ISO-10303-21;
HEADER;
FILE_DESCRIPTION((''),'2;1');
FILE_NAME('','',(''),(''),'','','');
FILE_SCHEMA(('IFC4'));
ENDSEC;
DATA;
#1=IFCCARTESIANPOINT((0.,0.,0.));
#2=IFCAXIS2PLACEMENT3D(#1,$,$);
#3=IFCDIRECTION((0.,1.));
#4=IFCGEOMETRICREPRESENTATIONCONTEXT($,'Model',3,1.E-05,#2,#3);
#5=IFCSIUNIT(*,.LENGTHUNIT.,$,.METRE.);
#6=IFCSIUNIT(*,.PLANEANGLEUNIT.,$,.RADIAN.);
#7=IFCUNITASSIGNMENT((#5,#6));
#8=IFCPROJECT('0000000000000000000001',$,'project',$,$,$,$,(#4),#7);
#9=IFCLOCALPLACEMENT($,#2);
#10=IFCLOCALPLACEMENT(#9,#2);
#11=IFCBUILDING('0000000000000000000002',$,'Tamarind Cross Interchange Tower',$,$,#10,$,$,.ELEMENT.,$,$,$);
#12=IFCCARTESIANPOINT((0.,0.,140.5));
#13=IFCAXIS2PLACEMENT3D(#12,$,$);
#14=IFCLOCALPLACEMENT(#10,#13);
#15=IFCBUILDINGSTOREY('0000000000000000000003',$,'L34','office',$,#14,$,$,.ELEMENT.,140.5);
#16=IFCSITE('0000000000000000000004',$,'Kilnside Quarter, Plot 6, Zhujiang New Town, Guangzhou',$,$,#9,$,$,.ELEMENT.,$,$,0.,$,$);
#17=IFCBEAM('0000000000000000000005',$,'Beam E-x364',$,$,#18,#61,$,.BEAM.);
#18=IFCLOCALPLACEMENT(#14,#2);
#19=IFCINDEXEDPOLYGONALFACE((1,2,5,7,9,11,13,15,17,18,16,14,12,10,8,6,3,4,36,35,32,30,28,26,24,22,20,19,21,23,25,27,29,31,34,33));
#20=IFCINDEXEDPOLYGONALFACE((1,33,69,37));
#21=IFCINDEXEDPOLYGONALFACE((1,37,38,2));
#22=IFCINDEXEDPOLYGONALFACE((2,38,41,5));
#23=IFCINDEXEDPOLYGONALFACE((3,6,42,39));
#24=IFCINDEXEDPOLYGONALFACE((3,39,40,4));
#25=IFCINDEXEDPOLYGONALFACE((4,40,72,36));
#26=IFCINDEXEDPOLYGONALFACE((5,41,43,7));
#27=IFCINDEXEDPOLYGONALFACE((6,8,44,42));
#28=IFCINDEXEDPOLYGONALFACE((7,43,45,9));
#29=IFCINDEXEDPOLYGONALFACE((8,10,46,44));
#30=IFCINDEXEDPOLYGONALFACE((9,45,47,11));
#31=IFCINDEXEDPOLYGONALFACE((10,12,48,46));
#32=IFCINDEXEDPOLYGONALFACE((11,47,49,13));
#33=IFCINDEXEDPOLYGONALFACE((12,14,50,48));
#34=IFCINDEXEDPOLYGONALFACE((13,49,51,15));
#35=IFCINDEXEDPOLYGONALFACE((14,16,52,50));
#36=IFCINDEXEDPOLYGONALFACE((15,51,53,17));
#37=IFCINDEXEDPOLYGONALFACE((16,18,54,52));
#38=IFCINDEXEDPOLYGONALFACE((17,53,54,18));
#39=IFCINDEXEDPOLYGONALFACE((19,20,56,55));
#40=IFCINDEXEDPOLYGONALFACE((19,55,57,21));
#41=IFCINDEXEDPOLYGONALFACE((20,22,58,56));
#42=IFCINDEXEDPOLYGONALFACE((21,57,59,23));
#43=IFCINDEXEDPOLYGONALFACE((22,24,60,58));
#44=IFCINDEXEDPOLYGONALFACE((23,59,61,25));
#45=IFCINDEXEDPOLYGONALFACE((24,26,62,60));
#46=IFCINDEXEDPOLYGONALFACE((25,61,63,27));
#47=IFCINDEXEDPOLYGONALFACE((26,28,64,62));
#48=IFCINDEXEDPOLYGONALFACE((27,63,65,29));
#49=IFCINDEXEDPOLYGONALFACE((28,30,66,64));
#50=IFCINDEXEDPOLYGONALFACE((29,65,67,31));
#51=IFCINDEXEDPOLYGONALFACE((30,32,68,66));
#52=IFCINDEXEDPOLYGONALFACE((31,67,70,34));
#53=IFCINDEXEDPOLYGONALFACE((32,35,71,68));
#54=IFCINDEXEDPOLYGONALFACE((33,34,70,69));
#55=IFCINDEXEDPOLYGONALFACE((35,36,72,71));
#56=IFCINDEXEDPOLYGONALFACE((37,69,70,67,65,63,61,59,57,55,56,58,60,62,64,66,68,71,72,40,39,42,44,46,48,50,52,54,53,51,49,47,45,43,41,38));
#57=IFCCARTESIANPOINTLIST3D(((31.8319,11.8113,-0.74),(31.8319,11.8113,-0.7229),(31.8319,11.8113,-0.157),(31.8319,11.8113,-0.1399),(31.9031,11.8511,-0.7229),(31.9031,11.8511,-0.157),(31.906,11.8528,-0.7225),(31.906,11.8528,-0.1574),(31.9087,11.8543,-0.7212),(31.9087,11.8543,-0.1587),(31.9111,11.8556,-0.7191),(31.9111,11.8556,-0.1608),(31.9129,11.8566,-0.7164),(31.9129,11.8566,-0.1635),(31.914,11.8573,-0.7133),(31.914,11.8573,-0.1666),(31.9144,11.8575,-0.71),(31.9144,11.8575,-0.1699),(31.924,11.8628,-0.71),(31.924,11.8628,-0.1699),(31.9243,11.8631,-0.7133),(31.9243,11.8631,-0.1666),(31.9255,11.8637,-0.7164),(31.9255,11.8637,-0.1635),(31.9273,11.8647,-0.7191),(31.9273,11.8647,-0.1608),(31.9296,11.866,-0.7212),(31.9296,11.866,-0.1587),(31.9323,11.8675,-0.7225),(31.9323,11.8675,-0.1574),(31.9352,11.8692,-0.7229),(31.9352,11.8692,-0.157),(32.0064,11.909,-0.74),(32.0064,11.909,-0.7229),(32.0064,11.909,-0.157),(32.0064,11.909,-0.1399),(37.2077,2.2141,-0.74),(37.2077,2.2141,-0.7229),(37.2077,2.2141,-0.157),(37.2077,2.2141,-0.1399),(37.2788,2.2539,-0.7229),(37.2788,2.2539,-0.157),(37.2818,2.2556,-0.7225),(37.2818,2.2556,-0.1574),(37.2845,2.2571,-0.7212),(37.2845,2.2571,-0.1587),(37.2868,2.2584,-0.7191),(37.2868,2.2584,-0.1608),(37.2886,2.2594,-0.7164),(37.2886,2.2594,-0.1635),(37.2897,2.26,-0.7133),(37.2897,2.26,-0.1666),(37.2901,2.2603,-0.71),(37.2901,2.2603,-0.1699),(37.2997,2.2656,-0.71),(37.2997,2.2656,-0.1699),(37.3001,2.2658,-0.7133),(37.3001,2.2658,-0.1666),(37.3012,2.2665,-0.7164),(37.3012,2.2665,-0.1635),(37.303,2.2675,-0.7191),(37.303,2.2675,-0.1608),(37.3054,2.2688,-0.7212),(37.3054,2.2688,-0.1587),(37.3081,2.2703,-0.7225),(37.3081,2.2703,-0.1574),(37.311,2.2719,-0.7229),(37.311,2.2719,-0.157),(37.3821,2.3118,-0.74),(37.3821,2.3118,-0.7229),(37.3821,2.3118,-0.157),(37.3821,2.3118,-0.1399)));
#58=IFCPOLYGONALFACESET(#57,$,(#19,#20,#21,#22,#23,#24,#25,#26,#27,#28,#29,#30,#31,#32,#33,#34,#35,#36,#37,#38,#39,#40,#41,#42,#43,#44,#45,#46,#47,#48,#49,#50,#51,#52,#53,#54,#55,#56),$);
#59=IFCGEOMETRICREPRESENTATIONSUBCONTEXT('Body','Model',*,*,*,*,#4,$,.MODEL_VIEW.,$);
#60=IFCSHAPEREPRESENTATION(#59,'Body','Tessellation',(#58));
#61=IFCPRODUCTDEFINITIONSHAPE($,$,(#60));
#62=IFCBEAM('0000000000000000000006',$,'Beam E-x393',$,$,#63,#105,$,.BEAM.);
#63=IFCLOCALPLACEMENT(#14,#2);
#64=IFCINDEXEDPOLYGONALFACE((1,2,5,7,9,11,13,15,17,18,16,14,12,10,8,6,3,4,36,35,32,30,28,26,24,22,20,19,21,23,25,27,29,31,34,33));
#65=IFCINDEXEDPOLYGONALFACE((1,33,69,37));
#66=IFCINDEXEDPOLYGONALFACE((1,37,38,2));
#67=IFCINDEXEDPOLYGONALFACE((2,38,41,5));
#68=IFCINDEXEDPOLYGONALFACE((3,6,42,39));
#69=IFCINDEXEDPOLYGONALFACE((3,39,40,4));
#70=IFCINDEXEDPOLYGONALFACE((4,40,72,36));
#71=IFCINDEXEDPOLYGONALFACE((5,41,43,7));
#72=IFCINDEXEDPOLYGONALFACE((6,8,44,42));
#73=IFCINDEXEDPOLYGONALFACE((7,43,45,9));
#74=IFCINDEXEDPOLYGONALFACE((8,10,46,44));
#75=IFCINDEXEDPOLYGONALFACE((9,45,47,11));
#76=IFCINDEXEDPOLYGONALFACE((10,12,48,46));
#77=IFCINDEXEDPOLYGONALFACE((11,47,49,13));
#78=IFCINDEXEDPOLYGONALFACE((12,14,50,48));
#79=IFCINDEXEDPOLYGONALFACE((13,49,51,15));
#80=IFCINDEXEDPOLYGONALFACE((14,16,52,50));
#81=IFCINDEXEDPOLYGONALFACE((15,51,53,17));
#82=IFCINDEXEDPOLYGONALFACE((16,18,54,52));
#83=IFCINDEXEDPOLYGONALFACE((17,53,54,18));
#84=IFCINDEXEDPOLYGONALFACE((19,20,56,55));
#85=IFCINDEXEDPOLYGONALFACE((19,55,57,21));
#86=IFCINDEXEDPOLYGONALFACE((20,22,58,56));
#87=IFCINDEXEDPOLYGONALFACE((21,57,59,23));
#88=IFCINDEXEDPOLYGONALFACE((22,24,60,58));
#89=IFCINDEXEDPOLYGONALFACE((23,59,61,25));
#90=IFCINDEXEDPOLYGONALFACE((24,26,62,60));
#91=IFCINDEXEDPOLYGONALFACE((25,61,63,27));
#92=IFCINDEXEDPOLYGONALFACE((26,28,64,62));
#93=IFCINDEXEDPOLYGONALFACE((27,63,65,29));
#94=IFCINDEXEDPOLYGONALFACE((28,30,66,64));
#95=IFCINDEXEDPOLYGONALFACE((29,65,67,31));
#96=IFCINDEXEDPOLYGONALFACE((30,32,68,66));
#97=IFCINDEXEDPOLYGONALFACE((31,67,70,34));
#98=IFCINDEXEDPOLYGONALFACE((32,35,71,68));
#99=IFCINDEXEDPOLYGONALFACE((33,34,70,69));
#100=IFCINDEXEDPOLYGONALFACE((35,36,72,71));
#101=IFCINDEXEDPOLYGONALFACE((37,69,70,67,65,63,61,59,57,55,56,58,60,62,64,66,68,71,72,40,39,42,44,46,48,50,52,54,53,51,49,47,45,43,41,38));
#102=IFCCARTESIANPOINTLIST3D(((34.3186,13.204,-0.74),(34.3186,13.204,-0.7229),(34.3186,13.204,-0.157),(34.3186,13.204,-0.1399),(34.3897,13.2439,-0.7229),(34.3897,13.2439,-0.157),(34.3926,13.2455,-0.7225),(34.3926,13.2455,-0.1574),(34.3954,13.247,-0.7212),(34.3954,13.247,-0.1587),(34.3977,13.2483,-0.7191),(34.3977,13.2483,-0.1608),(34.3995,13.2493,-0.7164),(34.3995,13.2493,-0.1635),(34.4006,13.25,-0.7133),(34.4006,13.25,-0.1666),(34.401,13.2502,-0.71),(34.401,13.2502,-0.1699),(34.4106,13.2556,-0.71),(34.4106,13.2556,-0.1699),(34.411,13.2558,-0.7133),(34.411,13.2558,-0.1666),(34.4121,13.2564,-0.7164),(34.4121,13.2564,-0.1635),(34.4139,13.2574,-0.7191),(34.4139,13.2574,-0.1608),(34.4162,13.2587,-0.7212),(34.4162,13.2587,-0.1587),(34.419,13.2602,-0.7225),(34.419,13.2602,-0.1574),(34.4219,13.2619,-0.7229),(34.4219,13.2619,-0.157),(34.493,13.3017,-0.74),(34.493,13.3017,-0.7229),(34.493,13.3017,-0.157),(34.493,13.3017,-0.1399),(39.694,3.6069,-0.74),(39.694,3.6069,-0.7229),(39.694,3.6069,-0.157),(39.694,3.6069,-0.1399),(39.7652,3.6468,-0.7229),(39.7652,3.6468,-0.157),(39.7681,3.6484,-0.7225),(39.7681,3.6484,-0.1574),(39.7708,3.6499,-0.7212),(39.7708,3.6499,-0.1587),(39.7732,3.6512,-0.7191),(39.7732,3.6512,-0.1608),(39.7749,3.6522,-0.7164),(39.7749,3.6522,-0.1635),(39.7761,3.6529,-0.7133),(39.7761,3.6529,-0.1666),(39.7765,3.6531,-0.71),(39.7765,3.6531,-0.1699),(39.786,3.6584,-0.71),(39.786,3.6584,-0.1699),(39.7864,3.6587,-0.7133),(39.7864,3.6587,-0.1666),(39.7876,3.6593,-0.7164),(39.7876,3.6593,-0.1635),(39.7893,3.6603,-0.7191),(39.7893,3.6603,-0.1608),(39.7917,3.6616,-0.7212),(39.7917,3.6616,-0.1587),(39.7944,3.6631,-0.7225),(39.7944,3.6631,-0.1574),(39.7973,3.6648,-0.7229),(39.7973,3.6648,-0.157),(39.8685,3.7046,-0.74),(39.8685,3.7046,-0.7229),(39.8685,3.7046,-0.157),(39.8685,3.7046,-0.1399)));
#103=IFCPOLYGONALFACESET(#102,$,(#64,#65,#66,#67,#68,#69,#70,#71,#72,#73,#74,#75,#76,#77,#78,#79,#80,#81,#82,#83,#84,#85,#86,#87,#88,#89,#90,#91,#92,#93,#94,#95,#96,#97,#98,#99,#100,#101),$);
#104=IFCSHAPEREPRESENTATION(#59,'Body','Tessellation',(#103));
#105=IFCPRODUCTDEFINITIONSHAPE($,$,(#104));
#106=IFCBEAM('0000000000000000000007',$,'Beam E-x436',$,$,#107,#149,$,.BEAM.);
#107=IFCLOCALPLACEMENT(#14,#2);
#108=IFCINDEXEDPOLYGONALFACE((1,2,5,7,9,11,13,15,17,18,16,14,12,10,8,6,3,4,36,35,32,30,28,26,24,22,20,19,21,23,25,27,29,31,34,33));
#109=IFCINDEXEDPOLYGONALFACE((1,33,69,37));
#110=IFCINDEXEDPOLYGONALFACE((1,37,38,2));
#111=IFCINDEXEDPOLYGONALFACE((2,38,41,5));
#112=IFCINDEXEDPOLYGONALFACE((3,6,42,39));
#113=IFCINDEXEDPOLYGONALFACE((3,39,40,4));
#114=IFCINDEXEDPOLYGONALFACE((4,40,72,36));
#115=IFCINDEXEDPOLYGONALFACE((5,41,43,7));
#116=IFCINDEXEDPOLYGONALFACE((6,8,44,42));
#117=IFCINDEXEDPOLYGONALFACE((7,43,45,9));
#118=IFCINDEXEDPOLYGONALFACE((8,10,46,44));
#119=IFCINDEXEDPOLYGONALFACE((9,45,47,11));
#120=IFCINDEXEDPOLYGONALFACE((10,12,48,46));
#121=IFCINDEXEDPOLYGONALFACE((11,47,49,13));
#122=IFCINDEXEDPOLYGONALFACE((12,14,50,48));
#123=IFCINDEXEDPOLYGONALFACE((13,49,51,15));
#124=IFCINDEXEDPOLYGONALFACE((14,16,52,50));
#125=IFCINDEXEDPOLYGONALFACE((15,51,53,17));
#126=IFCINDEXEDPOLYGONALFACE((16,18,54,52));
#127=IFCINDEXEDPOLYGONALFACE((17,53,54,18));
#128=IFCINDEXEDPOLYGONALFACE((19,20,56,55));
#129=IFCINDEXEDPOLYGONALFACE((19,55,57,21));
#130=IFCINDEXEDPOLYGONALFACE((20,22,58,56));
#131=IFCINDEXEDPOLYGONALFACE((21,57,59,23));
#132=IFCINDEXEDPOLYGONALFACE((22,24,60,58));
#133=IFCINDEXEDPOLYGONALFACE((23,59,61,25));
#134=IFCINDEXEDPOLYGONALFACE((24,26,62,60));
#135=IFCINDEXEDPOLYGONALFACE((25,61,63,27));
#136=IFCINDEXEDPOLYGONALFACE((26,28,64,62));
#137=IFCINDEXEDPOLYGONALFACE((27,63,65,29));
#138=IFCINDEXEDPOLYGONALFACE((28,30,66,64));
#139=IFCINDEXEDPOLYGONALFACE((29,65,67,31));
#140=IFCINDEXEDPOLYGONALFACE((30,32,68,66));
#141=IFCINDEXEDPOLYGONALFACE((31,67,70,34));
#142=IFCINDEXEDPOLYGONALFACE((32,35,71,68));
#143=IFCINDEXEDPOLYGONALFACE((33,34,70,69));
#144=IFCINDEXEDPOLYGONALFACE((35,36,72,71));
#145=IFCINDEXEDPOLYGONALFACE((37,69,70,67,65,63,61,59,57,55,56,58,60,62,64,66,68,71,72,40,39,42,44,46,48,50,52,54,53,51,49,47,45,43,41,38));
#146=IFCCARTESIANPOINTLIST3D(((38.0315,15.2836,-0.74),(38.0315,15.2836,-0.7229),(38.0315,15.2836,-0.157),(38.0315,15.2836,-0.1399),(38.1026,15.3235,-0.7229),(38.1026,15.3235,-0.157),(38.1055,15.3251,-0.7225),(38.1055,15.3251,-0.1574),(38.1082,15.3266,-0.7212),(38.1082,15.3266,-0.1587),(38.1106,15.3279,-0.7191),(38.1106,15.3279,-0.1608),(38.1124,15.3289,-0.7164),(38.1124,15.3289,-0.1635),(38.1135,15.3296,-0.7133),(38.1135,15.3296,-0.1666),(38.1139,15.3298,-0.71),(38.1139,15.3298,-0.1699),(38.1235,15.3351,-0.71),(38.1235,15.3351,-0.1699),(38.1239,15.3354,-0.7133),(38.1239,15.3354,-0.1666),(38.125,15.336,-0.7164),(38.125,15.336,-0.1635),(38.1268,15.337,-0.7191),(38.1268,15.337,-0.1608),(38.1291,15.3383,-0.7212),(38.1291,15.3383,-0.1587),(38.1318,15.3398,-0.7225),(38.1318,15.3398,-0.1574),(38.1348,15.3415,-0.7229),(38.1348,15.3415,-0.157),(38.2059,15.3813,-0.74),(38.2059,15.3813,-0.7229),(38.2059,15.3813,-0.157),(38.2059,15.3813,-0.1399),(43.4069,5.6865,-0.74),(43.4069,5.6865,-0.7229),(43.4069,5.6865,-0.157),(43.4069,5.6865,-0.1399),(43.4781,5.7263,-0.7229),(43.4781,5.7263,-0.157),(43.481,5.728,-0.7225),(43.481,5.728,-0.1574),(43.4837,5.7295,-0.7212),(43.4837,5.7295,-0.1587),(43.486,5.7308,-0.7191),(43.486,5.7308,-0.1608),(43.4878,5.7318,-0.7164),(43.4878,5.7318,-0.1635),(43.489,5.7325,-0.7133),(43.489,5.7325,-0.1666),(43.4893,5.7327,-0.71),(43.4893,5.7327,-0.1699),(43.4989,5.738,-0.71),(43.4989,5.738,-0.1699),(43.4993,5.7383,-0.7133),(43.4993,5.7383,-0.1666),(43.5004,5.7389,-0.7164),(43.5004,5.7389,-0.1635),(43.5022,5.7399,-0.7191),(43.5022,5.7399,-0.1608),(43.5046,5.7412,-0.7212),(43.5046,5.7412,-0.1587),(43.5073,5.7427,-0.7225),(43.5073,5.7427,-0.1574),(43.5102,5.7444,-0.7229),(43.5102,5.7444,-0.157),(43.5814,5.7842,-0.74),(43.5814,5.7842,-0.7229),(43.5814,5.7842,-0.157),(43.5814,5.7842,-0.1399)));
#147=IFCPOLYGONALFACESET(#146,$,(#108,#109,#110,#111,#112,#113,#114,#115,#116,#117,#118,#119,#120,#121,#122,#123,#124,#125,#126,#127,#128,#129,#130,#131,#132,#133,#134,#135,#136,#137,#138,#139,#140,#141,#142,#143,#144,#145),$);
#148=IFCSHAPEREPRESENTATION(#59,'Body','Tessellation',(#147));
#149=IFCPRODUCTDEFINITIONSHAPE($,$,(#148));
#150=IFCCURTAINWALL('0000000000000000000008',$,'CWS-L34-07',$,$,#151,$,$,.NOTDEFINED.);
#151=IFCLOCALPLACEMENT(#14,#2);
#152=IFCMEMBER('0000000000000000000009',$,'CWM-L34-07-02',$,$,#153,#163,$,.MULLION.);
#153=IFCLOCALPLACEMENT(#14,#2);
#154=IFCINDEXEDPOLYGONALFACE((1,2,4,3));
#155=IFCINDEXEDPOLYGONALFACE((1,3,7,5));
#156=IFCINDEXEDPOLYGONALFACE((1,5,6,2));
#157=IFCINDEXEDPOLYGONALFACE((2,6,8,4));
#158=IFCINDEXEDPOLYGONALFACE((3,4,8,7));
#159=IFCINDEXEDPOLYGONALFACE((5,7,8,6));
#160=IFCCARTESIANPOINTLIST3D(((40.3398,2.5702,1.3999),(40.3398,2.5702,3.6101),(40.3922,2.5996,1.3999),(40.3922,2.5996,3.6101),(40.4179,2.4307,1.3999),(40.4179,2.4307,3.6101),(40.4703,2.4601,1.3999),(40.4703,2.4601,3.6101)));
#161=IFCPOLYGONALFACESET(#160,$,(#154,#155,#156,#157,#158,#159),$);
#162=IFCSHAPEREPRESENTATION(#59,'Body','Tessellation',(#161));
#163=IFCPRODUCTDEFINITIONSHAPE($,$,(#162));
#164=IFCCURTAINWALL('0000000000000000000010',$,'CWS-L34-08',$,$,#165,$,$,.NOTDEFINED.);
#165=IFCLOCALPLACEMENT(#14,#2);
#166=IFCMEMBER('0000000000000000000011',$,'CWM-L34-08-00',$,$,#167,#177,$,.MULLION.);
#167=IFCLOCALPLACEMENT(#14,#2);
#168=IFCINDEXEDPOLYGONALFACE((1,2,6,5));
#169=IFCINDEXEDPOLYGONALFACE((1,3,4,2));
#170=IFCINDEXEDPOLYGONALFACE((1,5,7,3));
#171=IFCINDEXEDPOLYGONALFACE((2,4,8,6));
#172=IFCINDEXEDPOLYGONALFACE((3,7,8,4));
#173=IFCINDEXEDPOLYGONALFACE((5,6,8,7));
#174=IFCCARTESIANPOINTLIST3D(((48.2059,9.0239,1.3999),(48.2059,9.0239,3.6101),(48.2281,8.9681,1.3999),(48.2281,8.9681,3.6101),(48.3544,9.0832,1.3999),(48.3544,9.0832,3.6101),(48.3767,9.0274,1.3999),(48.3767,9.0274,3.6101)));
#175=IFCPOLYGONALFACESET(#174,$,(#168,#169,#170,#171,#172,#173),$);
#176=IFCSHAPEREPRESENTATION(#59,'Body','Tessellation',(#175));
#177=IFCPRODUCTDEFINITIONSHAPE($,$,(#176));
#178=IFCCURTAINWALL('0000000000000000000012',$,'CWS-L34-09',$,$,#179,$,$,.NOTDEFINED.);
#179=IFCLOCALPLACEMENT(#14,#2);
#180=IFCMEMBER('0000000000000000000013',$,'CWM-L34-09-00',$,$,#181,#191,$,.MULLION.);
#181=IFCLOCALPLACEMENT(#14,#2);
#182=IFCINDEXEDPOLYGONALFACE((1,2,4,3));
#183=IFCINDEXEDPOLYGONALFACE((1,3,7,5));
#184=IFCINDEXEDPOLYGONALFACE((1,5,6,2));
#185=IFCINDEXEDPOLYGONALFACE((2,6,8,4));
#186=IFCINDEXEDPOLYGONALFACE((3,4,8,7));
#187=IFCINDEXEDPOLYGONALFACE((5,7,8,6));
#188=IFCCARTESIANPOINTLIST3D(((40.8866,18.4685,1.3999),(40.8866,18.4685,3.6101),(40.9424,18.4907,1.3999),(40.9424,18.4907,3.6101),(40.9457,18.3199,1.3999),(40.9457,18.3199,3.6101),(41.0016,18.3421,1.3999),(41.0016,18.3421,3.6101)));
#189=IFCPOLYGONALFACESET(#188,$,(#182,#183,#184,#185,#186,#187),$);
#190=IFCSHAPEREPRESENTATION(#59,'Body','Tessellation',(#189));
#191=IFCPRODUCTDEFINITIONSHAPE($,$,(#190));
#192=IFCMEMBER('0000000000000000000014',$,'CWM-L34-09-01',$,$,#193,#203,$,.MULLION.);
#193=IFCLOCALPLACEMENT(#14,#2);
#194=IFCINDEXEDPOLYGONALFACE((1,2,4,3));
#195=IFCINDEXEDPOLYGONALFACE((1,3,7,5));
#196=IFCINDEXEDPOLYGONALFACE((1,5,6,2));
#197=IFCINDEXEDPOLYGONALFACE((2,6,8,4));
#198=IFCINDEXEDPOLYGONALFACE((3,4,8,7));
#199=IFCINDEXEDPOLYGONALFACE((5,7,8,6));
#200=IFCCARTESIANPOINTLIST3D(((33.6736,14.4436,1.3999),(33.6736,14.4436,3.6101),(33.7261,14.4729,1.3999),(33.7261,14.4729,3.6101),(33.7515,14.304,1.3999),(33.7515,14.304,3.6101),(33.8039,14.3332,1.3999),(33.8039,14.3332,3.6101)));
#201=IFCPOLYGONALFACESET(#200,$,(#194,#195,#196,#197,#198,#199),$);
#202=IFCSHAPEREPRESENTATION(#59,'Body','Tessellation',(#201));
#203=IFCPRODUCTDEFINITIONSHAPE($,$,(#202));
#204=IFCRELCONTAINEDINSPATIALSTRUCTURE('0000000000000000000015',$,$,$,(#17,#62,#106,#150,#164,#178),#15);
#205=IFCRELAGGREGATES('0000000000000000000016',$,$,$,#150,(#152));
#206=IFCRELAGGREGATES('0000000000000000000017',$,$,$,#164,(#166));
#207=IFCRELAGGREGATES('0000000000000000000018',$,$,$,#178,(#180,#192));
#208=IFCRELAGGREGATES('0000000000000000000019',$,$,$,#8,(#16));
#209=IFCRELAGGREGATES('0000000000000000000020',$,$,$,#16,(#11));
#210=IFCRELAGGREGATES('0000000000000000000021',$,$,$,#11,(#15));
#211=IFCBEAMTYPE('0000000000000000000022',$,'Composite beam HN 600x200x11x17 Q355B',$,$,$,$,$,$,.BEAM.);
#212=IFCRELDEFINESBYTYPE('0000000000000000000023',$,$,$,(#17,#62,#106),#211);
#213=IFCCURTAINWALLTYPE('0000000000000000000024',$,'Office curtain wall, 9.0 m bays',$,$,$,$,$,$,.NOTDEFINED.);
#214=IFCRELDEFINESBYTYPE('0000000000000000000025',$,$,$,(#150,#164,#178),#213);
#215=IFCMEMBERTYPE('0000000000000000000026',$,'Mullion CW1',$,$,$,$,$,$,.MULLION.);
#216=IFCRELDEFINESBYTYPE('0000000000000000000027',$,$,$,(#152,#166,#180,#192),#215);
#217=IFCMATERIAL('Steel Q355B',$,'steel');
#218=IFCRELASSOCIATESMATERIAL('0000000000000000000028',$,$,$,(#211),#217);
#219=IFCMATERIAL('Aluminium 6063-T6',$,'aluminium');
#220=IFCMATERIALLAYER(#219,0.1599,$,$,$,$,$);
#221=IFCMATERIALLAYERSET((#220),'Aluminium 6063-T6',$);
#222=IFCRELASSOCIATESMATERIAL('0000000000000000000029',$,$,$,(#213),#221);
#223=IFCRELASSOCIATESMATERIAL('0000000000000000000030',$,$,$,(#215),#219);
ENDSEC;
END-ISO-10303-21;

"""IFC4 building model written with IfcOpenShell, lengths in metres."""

from ifc_helpers import new_model, si_unit, direction, frame, origin, origin_2d, place, context, subcontext, project, spatial, rectangle, i_section, extrude, material, layer, layer_set, material_profile, profile_set, type_object, element, aggregate, save


model = new_model("IFC4")

# Units and contexts
model_context = context("Model", 3, precision=1e-05, world=origin(), true_north=direction((0.0, 1.0)))
body_context = subcontext(model_context, "Body", "Model", "MODEL_VIEW")
ifc_project = project(units=[si_unit("LENGTHUNIT", "METRE"), si_unit("PLANEANGLEUNIT", "RADIAN")], contexts=[model_context])

# Site, building, storey
site_placement = place(None, origin())
site = spatial("IfcSite", under=ifc_project, at=site_placement, Name="Kilnside Quarter, Plot 6, Zhujiang New Town, Guangzhou", CompositionType="ELEMENT", RefElevation=0.0)
building_placement = place(site_placement, origin())
building = spatial("IfcBuilding", under=site, at=building_placement, Name="Tamarind Cross Interchange Tower", CompositionType="ELEMENT")
storey_placement = place(building_placement, frame((0.0, 0.0, 140.5)))
storey = spatial("IfcBuildingStorey", under=building, at=storey_placement, Name="L34", Description="office", CompositionType="ELEMENT", Elevation=140.5)

# Beams
ifc_material_1 = material(Name="Steel Q355B", Category="steel")
ifc_material_profile_1 = material_profile(ifc_material_1, i_section(OverallWidth=0.2, OverallDepth=0.6001, WebThickness=0.011, FlangeThickness=0.0171, FilletRadius=0.0129, at=origin_2d()), Name="HN 600x200x11x17")
ifc_profile_set_1 = profile_set([ifc_material_profile_1], Name="Steel Q355B")
beam_type_1 = type_object("IfcBeamType", Name="Composite beam HN 600x200x11x17 Q355B", PredefinedType="BEAM", material=ifc_profile_set_1)
beam_1_placement = place(storey_placement, frame((37.2949, 2.2629, -0.4399), z_axis=(-0.488695, 0.872455, 0.0), x_axis=(-0.872455, -0.488695, 0.0)))
element("IfcBeam", 1, at=beam_1_placement, inside=storey, type_object=beam_type_1, Name="Beam E-x364", PredefinedType="BEAM", context=body_context, shape_type="SweptSolid", body=[
    extrude(i_section(OverallWidth=0.2, OverallDepth=0.6001, WebThickness=0.011, FlangeThickness=0.0171, FilletRadius=0.0129, at=origin_2d()), origin(), (0.0, 0.0, 1.0), 11.0002),
])
for number, where, z_axis, x_axis, name in (
    (2, (39.7812, 3.6558, -0.4399), (-0.488678, 0.872464, 0.0), (-0.872464, -0.488678, 0.0), "Beam E-x393"),
    (3, (43.4941, 5.7354, -0.4399), (-0.488678, 0.872464, 0.0), (-0.872464, -0.488678, 0.0), "Beam E-x436"),
):
    element("IfcBeam", number, at=place(storey_placement, frame(where, z_axis=z_axis, x_axis=x_axis)), inside=storey, type_object=beam_type_1, Name=name, PredefinedType="BEAM", context=body_context, shape_type="SweptSolid", body=[
        extrude(i_section(OverallWidth=0.2, OverallDepth=0.6001, WebThickness=0.011, FlangeThickness=0.0171, FilletRadius=0.0129, at=origin_2d()), origin(), (0.0, 0.0, 1.0), 11.0),
    ])

# Curtain walls, members
ifc_material_2 = material(Name="Aluminium 6063-T6", Category="aluminium")
ifc_layer_1 = layer(ifc_material_2, 0.1599)
ifc_layer_set_1 = layer_set([ifc_layer_1], Name="Aluminium 6063-T6")
curtain_wall_type = type_object("IfcCurtainWallType", Name="Office curtain wall, 9.0 m bays", PredefinedType="NOTDEFINED", material=ifc_layer_set_1)
curtain_wall_1_placement = place(storey_placement, origin())
curtain_wall_1 = element("IfcCurtainWall", 4, at=curtain_wall_1_placement, inside=storey, type_object=curtain_wall_type, Name="CWS-L34-07", PredefinedType="NOTDEFINED")
ifc_material_profile_2 = material_profile(ifc_material_2, rectangle(XDim=0.0601, YDim=0.1599, at=origin_2d()), Name="Mullion CW1")
ifc_profile_set_2 = profile_set([ifc_material_profile_2], Name="Aluminium 6063-T6")
member_type = type_object("IfcMemberType", Name="Mullion CW1", PredefinedType="MULLION", material=ifc_profile_set_2)
member_1_placement = place(storey_placement, frame((40.405, 2.5151, 1.3999), z_axis=(0.0, 0.0, 1.0), x_axis=(0.872458, 0.488688, 0.0)))
member_1 = element("IfcMember", 5, at=member_1_placement, type_object=member_type, Name="CWM-L34-07-02", PredefinedType="MULLION", context=body_context, shape_type="SweptSolid", body=[
    extrude(rectangle(XDim=0.0601, YDim=0.1599, at=origin_2d()), origin(), (0.0, 0.0, 1.0), 2.2102),
])
aggregate(curtain_wall_1, [member_1])
curtain_wall_2_placement = place(storey_placement, origin())
curtain_wall_2 = element("IfcCurtainWall", 6, at=curtain_wall_2_placement, inside=storey, type_object=curtain_wall_type, Name="CWS-L34-08", PredefinedType="NOTDEFINED")
member_2_placement = place(storey_placement, frame((48.2913, 9.0256, 1.3999), z_axis=(0.0, 0.0, 1.0), x_axis=(-0.370629, 0.928781, 0.0)))
member_2 = element("IfcMember", 7, at=member_2_placement, type_object=member_type, Name="CWM-L34-08-00", PredefinedType="MULLION", context=body_context, shape_type="SweptSolid", body=[
    extrude(rectangle(XDim=0.0601, YDim=0.1599, at=origin_2d()), origin(), (0.0, 0.0, 1.0), 2.2102),
])
aggregate(curtain_wall_2, [member_2])

# Curtain wall, members
curtain_wall_3_placement = place(storey_placement, origin())
curtain_wall_3 = element("IfcCurtainWall", 8, at=curtain_wall_3_placement, inside=storey, type_object=curtain_wall_type, Name="CWS-L34-09", PredefinedType="NOTDEFINED")
member_3_placement = place(storey_placement, frame((40.9441, 18.4053, 1.3999), z_axis=(0.0, 0.0, 1.0), x_axis=(-0.929157, -0.369685, 0.0)))
member_3 = element("IfcMember", 9, at=member_3_placement, type_object=member_type, Name="CWM-L34-09-00", PredefinedType="MULLION", context=body_context, shape_type="SweptSolid", body=[
    extrude(rectangle(XDim=0.0601, YDim=0.1599, at=origin_2d()), origin(), (0.0, 0.0, 1.0), 2.2102),
])
member_4_placement = place(storey_placement, frame((33.7388, 14.3884, 1.3999), z_axis=(0.0, 0.0, 1.0), x_axis=(-0.87345, -0.486915, 0.0)))
member_4 = element("IfcMember", 10, at=member_4_placement, type_object=member_type, Name="CWM-L34-09-01", PredefinedType="MULLION", context=body_context, shape_type="SweptSolid", body=[
    extrude(rectangle(XDim=0.0601, YDim=0.1599, at=origin_2d()), origin(), (0.0, 0.0, 1.0), 2.2102),
])
aggregate(curtain_wall_3, [member_3, member_4])

save(model, "model.ifc")
